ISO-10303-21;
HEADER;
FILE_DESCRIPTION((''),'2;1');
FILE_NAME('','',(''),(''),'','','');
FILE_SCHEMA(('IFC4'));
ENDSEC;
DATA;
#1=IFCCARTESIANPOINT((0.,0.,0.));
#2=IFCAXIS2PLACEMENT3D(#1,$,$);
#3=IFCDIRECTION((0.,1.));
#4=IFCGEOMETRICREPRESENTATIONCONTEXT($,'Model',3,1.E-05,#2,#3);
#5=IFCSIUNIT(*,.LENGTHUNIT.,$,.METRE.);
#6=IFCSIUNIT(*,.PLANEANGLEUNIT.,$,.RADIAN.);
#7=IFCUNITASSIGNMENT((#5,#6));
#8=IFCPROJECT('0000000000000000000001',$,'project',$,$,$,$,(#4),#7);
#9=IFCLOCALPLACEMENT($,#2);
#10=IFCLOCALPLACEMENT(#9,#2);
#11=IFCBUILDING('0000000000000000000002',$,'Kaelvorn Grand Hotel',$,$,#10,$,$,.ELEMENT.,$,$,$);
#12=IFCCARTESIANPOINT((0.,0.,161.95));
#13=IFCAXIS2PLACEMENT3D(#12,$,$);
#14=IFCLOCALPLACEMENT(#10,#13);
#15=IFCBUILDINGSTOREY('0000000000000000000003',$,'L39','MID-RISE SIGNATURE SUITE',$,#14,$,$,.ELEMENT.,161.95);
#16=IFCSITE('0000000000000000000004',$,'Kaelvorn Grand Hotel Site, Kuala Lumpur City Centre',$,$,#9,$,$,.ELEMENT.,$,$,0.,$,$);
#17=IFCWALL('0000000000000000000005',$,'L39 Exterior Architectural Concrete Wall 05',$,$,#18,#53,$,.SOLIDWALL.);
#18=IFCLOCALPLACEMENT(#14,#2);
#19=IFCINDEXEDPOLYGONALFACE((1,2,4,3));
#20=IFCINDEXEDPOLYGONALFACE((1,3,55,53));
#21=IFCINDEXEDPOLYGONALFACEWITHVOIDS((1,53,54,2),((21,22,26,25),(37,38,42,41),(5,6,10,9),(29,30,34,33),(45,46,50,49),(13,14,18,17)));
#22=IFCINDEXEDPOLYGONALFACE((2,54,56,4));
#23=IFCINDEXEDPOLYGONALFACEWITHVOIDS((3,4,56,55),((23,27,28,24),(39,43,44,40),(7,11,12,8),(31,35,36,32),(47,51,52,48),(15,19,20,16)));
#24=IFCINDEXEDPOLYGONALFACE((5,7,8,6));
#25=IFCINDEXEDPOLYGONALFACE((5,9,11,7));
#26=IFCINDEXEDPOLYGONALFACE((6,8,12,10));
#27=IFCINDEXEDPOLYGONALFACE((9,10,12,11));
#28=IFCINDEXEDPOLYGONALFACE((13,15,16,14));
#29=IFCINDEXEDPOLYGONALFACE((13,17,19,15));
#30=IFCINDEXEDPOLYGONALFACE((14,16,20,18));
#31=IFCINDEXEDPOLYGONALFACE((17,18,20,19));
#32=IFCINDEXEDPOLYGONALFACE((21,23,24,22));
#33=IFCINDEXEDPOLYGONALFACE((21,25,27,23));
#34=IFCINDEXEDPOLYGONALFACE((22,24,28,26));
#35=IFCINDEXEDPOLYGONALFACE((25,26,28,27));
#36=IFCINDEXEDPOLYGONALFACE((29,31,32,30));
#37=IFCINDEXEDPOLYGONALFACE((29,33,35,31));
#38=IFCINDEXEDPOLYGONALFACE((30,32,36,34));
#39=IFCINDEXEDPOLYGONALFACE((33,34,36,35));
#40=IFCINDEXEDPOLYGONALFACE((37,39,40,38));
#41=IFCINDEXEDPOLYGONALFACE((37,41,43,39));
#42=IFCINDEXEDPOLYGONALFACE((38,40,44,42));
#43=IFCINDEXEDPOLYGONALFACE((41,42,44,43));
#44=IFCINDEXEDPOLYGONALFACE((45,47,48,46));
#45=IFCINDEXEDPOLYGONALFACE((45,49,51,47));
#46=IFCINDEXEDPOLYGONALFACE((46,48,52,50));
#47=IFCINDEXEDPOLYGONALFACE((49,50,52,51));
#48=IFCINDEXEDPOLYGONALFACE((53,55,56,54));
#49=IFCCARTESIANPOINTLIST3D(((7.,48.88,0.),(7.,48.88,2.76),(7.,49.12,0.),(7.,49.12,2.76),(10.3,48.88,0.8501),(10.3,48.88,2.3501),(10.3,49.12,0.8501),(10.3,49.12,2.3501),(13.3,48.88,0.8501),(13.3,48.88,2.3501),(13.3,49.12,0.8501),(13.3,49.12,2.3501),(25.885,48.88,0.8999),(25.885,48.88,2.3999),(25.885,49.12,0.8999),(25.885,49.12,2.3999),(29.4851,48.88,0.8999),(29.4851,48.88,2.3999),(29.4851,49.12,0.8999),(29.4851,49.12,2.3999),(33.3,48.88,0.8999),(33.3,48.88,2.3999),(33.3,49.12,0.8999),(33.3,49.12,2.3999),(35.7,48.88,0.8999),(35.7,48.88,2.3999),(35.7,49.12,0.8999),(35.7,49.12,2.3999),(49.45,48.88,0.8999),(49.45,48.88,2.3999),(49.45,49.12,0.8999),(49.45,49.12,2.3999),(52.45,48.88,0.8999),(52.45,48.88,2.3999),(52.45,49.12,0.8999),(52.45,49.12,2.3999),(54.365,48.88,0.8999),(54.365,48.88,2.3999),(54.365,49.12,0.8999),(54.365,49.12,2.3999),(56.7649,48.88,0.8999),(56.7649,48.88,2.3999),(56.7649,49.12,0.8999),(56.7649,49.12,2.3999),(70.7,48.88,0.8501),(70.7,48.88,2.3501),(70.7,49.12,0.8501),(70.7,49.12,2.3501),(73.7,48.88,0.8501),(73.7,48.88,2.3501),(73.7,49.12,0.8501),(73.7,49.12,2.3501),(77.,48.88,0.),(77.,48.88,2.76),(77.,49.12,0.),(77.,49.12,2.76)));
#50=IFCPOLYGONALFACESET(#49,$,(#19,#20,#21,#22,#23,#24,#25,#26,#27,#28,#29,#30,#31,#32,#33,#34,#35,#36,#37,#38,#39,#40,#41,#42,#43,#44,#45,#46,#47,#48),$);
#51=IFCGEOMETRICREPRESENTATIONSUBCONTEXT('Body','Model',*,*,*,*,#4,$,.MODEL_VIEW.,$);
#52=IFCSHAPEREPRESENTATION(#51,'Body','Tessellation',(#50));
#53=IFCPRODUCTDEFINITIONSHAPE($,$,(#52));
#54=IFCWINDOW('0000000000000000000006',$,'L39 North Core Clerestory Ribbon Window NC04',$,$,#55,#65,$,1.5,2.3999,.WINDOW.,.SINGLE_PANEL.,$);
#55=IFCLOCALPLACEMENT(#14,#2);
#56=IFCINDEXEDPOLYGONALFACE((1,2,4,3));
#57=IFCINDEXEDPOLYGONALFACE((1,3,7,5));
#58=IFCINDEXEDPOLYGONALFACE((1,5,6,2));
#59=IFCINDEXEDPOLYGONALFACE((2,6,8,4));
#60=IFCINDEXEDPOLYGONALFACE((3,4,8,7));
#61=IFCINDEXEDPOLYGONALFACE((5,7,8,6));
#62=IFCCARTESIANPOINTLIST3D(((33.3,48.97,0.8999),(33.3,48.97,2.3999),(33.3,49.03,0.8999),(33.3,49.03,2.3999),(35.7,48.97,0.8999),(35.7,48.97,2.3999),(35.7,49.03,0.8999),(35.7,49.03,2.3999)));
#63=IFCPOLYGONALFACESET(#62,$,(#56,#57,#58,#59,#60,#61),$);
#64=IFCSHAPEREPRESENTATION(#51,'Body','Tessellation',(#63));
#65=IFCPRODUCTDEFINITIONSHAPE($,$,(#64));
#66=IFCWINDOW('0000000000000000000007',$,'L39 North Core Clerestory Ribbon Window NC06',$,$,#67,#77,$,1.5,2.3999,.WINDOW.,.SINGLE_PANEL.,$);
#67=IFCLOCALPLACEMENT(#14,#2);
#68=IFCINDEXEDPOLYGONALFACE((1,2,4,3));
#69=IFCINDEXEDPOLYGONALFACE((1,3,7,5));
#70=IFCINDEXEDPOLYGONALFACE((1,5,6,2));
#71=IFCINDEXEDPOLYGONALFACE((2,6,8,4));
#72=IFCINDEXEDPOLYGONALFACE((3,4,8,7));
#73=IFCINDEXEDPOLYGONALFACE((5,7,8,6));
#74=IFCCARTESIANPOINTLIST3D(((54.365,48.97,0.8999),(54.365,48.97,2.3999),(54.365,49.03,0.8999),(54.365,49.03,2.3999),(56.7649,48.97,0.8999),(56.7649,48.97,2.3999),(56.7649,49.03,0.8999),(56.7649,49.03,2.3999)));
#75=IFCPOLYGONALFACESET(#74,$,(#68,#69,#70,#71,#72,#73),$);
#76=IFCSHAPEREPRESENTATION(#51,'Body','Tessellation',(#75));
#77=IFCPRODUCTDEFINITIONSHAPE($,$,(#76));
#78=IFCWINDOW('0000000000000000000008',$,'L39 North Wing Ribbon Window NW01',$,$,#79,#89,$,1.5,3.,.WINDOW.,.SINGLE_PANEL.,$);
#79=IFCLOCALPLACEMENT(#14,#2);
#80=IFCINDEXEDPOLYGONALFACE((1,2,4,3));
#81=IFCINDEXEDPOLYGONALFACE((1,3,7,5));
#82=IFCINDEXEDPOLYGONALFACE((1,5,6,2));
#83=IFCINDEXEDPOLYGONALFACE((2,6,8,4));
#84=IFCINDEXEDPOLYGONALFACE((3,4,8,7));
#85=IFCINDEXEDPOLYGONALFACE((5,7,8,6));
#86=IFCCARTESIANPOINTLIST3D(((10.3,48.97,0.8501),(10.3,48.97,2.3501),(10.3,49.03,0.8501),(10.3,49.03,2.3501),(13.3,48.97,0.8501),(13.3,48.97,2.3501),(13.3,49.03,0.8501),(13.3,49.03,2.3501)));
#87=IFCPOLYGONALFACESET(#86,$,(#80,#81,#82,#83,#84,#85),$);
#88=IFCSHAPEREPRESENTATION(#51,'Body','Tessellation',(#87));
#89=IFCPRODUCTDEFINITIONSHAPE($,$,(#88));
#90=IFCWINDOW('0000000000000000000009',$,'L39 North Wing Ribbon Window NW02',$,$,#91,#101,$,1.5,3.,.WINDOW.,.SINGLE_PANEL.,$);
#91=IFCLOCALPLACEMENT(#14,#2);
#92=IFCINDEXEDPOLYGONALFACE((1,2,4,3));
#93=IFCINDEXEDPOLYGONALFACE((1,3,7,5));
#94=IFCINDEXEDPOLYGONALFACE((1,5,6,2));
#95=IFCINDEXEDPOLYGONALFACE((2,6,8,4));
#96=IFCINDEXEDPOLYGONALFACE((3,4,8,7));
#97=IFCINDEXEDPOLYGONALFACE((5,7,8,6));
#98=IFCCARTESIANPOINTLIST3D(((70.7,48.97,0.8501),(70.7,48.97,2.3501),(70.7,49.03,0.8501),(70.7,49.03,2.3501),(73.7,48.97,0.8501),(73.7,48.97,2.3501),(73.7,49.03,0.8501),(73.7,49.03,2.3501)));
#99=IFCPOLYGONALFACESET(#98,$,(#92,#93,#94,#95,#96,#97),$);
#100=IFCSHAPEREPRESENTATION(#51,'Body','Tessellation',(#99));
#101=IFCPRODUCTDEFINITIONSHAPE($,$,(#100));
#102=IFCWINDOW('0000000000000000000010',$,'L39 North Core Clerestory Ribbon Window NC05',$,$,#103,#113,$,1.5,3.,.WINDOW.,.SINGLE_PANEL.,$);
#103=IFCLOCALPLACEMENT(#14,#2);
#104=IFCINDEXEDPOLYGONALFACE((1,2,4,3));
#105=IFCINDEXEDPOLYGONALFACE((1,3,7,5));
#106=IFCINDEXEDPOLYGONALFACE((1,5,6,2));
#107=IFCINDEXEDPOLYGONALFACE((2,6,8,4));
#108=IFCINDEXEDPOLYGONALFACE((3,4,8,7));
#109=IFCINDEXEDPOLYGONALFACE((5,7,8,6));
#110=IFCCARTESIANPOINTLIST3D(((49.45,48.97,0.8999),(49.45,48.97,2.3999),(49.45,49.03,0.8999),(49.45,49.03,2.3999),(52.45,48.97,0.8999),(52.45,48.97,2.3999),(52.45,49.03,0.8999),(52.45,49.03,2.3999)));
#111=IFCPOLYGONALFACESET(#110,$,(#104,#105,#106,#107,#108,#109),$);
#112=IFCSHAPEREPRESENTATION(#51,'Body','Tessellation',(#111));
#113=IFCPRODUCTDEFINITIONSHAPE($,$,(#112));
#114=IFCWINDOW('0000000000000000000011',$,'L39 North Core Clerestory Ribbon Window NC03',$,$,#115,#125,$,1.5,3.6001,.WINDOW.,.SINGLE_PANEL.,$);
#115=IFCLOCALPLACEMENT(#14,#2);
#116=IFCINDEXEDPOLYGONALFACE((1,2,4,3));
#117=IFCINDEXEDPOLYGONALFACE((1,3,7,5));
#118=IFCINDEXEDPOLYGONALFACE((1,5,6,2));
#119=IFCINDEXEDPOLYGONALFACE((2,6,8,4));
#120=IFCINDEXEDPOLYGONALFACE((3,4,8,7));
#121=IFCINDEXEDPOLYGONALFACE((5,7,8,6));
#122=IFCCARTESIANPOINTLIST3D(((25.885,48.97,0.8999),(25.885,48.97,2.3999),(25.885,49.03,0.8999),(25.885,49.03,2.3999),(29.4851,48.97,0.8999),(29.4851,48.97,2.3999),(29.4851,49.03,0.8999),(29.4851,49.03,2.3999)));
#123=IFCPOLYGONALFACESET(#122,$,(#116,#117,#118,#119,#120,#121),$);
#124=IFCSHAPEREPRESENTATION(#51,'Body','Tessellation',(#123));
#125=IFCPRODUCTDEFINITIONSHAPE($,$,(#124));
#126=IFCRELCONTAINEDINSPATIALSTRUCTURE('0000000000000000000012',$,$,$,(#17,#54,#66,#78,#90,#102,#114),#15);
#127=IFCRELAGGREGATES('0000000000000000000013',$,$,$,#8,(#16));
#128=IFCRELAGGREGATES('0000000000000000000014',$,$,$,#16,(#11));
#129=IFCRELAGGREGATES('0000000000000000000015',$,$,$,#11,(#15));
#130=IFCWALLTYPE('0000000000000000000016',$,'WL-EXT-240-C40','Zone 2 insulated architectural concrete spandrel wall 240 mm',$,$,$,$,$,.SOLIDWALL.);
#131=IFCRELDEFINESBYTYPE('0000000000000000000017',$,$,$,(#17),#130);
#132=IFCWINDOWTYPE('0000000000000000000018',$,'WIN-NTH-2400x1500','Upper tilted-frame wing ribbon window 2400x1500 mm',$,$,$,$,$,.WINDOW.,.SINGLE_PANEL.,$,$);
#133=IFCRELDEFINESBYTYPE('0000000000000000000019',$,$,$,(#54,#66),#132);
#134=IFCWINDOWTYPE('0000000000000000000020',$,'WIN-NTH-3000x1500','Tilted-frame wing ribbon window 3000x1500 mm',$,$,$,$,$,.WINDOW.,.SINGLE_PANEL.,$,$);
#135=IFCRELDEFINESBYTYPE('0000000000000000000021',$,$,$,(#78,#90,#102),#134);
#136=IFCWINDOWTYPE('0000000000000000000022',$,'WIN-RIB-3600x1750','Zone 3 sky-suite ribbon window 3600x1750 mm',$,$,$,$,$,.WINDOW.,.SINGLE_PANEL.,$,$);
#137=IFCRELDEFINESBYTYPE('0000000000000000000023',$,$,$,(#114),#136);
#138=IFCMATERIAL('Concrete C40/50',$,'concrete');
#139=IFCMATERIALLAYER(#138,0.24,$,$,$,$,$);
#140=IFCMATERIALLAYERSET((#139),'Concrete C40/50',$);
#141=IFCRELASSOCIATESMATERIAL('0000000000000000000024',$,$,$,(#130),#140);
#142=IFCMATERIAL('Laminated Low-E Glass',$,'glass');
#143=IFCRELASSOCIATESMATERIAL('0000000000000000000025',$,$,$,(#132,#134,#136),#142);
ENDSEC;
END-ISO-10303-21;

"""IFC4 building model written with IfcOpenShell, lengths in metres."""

from ifc_helpers import new_model, si_unit, direction, frame, frame_2d, origin, place, context, subcontext, project, spatial, rectangle, extrude, material, layer, layer_set, type_object, element, fill, save


model = new_model("IFC4")

# Units and contexts
model_context = context("Model", 3, precision=1e-05, world=origin(), true_north=direction((0.0, 1.0)))
body_context = subcontext(model_context, "Body", "Model", "MODEL_VIEW")
ifc_project = project(units=[si_unit("LENGTHUNIT", "METRE"), si_unit("PLANEANGLEUNIT", "RADIAN")], contexts=[model_context])

# Site, building, storey
site_placement = place(None, origin())
site = spatial("IfcSite", under=ifc_project, at=site_placement, Name="Kaelvorn Grand Hotel Site, Kuala Lumpur City Centre", CompositionType="ELEMENT", RefElevation=0.0)
building_placement = place(site_placement, origin())
building = spatial("IfcBuilding", under=site, at=building_placement, Name="Kaelvorn Grand Hotel", CompositionType="ELEMENT")
storey_placement = place(building_placement, frame((0.0, 0.0, 161.95)))
storey = spatial("IfcBuildingStorey", under=building, at=storey_placement, Name="L39", Description="MID-RISE SIGNATURE SUITE", CompositionType="ELEMENT", Elevation=161.95)

# Shared definitions
ifc_material_1 = material(Name="Concrete C40/50", Category="concrete")
ifc_layer_1 = layer(ifc_material_1, 0.24)
ifc_layer_set_1 = layer_set([ifc_layer_1], Name="Concrete C40/50")
wall_type = type_object("IfcWallType", Name="WL-EXT-240-C40", Description="Zone 2 insulated architectural concrete spandrel wall 240 mm", PredefinedType="SOLIDWALL", material=ifc_layer_set_1)
ifc_material_2 = material(Name="Laminated Low-E Glass", Category="glass")

# Wall, openings, windows
wall_1_placement = place(storey_placement, frame((77.0, 49.0, 0.0), z_axis=(0.0, 0.0, 1.0), x_axis=(-1.0, 0.0, 0.0)))
wall_1 = element("IfcWall", 1, at=wall_1_placement, inside=storey, type_object=wall_type, Name="L39 Exterior Architectural Concrete Wall 05", PredefinedType="SOLIDWALL", context=body_context, shape_type="SweptSolid", body=[
    extrude(rectangle(XDim=70.0, YDim=0.24, at=frame_2d((35.0, 0.0))), origin(), (0.0, 0.0, 1.0), 2.76),
])
opening_1_placement = place(wall_1_placement, frame((63.7, 0.0, 0.8501)))
opening_1 = element("IfcOpeningElement", 2, at=opening_1_placement, cuts=wall_1, PredefinedType="OPENING", context=body_context, shape_type="SweptSolid", body=[
    extrude(rectangle(XDim=3.0, YDim=1.5, at=frame_2d((1.5, 0.75))), frame((0.0, 0.1299, 0.0), z_axis=(0.0, -1.0, 0.0), x_axis=(1.0, 0.0, 0.0)), (0.0, 0.0, 1.0), 0.26),
])
opening_2_placement = place(wall_1_placement, frame((3.3, 0.0, 0.8501)))
opening_2 = element("IfcOpeningElement", 3, at=opening_2_placement, cuts=wall_1, PredefinedType="OPENING", context=body_context, shape_type="SweptSolid", body=[
    extrude(rectangle(XDim=3.0, YDim=1.5, at=frame_2d((1.5, 0.75))), frame((0.0, 0.1299, 0.0), z_axis=(0.0, -1.0, 0.0), x_axis=(1.0, 0.0, 0.0)), (0.0, 0.0, 1.0), 0.26),
])
opening_3_placement = place(wall_1_placement, frame((47.5149, 0.0, 0.8999)))
opening_3 = element("IfcOpeningElement", 4, at=opening_3_placement, cuts=wall_1, PredefinedType="OPENING", context=body_context, shape_type="SweptSolid", body=[
    extrude(rectangle(XDim=3.6001, YDim=1.5, at=frame_2d((1.8, 0.75))), frame((0.0, 0.1299, 0.0), z_axis=(0.0, -1.0, 0.0), x_axis=(1.0, 0.0, 0.0)), (0.0, 0.0, 1.0), 0.26),
])
opening_4_placement = place(wall_1_placement, frame((41.3, 0.0, 0.8999)))
opening_4 = element("IfcOpeningElement", 5, at=opening_4_placement, cuts=wall_1, PredefinedType="OPENING", context=body_context, shape_type="SweptSolid", body=[
    extrude(rectangle(XDim=2.3999, YDim=1.5, at=frame_2d((1.2, 0.75))), frame((0.0, 0.1299, 0.0), z_axis=(0.0, -1.0, 0.0), x_axis=(1.0, 0.0, 0.0)), (0.0, 0.0, 1.0), 0.26),
])
opening_5_placement = place(wall_1_placement, frame((24.55, 0.0, 0.8999)))
opening_5 = element("IfcOpeningElement", 6, at=opening_5_placement, cuts=wall_1, PredefinedType="OPENING", context=body_context, shape_type="SweptSolid", body=[
    extrude(rectangle(XDim=3.0, YDim=1.5, at=frame_2d((1.5, 0.75))), frame((0.0, 0.1299, 0.0), z_axis=(0.0, -1.0, 0.0), x_axis=(1.0, 0.0, 0.0)), (0.0, 0.0, 1.0), 0.26),
])
opening_6_placement = place(wall_1_placement, frame((20.2351, 0.0, 0.8999)))
opening_6 = element("IfcOpeningElement", 7, at=opening_6_placement, cuts=wall_1, PredefinedType="OPENING", context=body_context, shape_type="SweptSolid", body=[
    extrude(rectangle(XDim=2.3999, YDim=1.5, at=frame_2d((1.2, 0.75))), frame((0.0, 0.1299, 0.0), z_axis=(0.0, -1.0, 0.0), x_axis=(1.0, 0.0, 0.0)), (0.0, 0.0, 1.0), 0.26),
])
window_type_1 = type_object("IfcWindowType", Name="WIN-NTH-2400x1500", Description="Upper tilted-frame wing ribbon window 2400x1500 mm", PartitioningType="SINGLE_PANEL", PredefinedType="WINDOW", material=ifc_material_2)
window_1_placement = place(opening_4_placement, origin())
window_1 = element("IfcWindow", 8, at=window_1_placement, inside=storey, type_object=window_type_1, Name="L39 North Core Clerestory Ribbon Window NC04", OverallHeight=1.5, OverallWidth=2.3999, PartitioningType="SINGLE_PANEL", PredefinedType="WINDOW", context=body_context, shape_type="SweptSolid", body=[
    extrude(rectangle(XDim=2.3999, YDim=1.5, at=frame_2d((1.2, 0.75))), frame((0.0, 0.03, 0.0), z_axis=(0.0, -1.0, 0.0), x_axis=(1.0, 0.0, 0.0)), (0.0, 0.0, 1.0), 0.0601),
])
fill(opening_4, window_1)
window_2_placement = place(opening_6_placement, origin())
window_2 = element("IfcWindow", 9, at=window_2_placement, inside=storey, type_object=window_type_1, Name="L39 North Core Clerestory Ribbon Window NC06", OverallHeight=1.5, OverallWidth=2.3999, PartitioningType="SINGLE_PANEL", PredefinedType="WINDOW", context=body_context, shape_type="SweptSolid", body=[
    extrude(rectangle(XDim=2.3999, YDim=1.5, at=frame_2d((1.2, 0.75))), frame((0.0, 0.03, 0.0), z_axis=(0.0, -1.0, 0.0), x_axis=(1.0, 0.0, 0.0)), (0.0, 0.0, 1.0), 0.0601),
])
fill(opening_6, window_2)
window_type_2 = type_object("IfcWindowType", Name="WIN-NTH-3000x1500", Description="Tilted-frame wing ribbon window 3000x1500 mm", PartitioningType="SINGLE_PANEL", PredefinedType="WINDOW", material=ifc_material_2)
window_3_placement = place(opening_1_placement, origin())
window_3 = element("IfcWindow", 10, at=window_3_placement, inside=storey, type_object=window_type_2, Name="L39 North Wing Ribbon Window NW01", OverallHeight=1.5, OverallWidth=3.0, PartitioningType="SINGLE_PANEL", PredefinedType="WINDOW", context=body_context, shape_type="SweptSolid", body=[
    extrude(rectangle(XDim=3.0, YDim=1.5, at=frame_2d((1.5, 0.75))), frame((0.0, 0.03, 0.0), z_axis=(0.0, -1.0, 0.0), x_axis=(1.0, 0.0, 0.0)), (0.0, 0.0, 1.0), 0.0601),
])
fill(opening_1, window_3)
window_4_placement = place(opening_2_placement, origin())
window_4 = element("IfcWindow", 11, at=window_4_placement, inside=storey, type_object=window_type_2, Name="L39 North Wing Ribbon Window NW02", OverallHeight=1.5, OverallWidth=3.0, PartitioningType="SINGLE_PANEL", PredefinedType="WINDOW", context=body_context, shape_type="SweptSolid", body=[
    extrude(rectangle(XDim=3.0, YDim=1.5, at=frame_2d((1.5, 0.75))), frame((0.0, 0.03, 0.0), z_axis=(0.0, -1.0, 0.0), x_axis=(1.0, 0.0, 0.0)), (0.0, 0.0, 1.0), 0.0601),
])
fill(opening_2, window_4)
window_5_placement = place(opening_5_placement, origin())
window_5 = element("IfcWindow", 12, at=window_5_placement, inside=storey, type_object=window_type_2, Name="L39 North Core Clerestory Ribbon Window NC05", OverallHeight=1.5, OverallWidth=3.0, PartitioningType="SINGLE_PANEL", PredefinedType="WINDOW", context=body_context, shape_type="SweptSolid", body=[
    extrude(rectangle(XDim=3.0, YDim=1.5, at=frame_2d((1.5, 0.75))), frame((0.0, 0.03, 0.0), z_axis=(0.0, -1.0, 0.0), x_axis=(1.0, 0.0, 0.0)), (0.0, 0.0, 1.0), 0.0601),
])
fill(opening_5, window_5)
window_type_3 = type_object("IfcWindowType", Name="WIN-RIB-3600x1750", Description="Zone 3 sky-suite ribbon window 3600x1750 mm", PartitioningType="SINGLE_PANEL", PredefinedType="WINDOW", material=ifc_material_2)
window_6_placement = place(opening_3_placement, origin())
window_6 = element("IfcWindow", 13, at=window_6_placement, inside=storey, type_object=window_type_3, Name="L39 North Core Clerestory Ribbon Window NC03", OverallHeight=1.5, OverallWidth=3.6001, PartitioningType="SINGLE_PANEL", PredefinedType="WINDOW", context=body_context, shape_type="SweptSolid", body=[
    extrude(rectangle(XDim=3.6001, YDim=1.5, at=frame_2d((1.8, 0.75))), frame((0.0, 0.03, 0.0), z_axis=(0.0, -1.0, 0.0), x_axis=(1.0, 0.0, 0.0)), (0.0, 0.0, 1.0), 0.0601),
])
fill(opening_3, window_6)

save(model, "model.ifc")
